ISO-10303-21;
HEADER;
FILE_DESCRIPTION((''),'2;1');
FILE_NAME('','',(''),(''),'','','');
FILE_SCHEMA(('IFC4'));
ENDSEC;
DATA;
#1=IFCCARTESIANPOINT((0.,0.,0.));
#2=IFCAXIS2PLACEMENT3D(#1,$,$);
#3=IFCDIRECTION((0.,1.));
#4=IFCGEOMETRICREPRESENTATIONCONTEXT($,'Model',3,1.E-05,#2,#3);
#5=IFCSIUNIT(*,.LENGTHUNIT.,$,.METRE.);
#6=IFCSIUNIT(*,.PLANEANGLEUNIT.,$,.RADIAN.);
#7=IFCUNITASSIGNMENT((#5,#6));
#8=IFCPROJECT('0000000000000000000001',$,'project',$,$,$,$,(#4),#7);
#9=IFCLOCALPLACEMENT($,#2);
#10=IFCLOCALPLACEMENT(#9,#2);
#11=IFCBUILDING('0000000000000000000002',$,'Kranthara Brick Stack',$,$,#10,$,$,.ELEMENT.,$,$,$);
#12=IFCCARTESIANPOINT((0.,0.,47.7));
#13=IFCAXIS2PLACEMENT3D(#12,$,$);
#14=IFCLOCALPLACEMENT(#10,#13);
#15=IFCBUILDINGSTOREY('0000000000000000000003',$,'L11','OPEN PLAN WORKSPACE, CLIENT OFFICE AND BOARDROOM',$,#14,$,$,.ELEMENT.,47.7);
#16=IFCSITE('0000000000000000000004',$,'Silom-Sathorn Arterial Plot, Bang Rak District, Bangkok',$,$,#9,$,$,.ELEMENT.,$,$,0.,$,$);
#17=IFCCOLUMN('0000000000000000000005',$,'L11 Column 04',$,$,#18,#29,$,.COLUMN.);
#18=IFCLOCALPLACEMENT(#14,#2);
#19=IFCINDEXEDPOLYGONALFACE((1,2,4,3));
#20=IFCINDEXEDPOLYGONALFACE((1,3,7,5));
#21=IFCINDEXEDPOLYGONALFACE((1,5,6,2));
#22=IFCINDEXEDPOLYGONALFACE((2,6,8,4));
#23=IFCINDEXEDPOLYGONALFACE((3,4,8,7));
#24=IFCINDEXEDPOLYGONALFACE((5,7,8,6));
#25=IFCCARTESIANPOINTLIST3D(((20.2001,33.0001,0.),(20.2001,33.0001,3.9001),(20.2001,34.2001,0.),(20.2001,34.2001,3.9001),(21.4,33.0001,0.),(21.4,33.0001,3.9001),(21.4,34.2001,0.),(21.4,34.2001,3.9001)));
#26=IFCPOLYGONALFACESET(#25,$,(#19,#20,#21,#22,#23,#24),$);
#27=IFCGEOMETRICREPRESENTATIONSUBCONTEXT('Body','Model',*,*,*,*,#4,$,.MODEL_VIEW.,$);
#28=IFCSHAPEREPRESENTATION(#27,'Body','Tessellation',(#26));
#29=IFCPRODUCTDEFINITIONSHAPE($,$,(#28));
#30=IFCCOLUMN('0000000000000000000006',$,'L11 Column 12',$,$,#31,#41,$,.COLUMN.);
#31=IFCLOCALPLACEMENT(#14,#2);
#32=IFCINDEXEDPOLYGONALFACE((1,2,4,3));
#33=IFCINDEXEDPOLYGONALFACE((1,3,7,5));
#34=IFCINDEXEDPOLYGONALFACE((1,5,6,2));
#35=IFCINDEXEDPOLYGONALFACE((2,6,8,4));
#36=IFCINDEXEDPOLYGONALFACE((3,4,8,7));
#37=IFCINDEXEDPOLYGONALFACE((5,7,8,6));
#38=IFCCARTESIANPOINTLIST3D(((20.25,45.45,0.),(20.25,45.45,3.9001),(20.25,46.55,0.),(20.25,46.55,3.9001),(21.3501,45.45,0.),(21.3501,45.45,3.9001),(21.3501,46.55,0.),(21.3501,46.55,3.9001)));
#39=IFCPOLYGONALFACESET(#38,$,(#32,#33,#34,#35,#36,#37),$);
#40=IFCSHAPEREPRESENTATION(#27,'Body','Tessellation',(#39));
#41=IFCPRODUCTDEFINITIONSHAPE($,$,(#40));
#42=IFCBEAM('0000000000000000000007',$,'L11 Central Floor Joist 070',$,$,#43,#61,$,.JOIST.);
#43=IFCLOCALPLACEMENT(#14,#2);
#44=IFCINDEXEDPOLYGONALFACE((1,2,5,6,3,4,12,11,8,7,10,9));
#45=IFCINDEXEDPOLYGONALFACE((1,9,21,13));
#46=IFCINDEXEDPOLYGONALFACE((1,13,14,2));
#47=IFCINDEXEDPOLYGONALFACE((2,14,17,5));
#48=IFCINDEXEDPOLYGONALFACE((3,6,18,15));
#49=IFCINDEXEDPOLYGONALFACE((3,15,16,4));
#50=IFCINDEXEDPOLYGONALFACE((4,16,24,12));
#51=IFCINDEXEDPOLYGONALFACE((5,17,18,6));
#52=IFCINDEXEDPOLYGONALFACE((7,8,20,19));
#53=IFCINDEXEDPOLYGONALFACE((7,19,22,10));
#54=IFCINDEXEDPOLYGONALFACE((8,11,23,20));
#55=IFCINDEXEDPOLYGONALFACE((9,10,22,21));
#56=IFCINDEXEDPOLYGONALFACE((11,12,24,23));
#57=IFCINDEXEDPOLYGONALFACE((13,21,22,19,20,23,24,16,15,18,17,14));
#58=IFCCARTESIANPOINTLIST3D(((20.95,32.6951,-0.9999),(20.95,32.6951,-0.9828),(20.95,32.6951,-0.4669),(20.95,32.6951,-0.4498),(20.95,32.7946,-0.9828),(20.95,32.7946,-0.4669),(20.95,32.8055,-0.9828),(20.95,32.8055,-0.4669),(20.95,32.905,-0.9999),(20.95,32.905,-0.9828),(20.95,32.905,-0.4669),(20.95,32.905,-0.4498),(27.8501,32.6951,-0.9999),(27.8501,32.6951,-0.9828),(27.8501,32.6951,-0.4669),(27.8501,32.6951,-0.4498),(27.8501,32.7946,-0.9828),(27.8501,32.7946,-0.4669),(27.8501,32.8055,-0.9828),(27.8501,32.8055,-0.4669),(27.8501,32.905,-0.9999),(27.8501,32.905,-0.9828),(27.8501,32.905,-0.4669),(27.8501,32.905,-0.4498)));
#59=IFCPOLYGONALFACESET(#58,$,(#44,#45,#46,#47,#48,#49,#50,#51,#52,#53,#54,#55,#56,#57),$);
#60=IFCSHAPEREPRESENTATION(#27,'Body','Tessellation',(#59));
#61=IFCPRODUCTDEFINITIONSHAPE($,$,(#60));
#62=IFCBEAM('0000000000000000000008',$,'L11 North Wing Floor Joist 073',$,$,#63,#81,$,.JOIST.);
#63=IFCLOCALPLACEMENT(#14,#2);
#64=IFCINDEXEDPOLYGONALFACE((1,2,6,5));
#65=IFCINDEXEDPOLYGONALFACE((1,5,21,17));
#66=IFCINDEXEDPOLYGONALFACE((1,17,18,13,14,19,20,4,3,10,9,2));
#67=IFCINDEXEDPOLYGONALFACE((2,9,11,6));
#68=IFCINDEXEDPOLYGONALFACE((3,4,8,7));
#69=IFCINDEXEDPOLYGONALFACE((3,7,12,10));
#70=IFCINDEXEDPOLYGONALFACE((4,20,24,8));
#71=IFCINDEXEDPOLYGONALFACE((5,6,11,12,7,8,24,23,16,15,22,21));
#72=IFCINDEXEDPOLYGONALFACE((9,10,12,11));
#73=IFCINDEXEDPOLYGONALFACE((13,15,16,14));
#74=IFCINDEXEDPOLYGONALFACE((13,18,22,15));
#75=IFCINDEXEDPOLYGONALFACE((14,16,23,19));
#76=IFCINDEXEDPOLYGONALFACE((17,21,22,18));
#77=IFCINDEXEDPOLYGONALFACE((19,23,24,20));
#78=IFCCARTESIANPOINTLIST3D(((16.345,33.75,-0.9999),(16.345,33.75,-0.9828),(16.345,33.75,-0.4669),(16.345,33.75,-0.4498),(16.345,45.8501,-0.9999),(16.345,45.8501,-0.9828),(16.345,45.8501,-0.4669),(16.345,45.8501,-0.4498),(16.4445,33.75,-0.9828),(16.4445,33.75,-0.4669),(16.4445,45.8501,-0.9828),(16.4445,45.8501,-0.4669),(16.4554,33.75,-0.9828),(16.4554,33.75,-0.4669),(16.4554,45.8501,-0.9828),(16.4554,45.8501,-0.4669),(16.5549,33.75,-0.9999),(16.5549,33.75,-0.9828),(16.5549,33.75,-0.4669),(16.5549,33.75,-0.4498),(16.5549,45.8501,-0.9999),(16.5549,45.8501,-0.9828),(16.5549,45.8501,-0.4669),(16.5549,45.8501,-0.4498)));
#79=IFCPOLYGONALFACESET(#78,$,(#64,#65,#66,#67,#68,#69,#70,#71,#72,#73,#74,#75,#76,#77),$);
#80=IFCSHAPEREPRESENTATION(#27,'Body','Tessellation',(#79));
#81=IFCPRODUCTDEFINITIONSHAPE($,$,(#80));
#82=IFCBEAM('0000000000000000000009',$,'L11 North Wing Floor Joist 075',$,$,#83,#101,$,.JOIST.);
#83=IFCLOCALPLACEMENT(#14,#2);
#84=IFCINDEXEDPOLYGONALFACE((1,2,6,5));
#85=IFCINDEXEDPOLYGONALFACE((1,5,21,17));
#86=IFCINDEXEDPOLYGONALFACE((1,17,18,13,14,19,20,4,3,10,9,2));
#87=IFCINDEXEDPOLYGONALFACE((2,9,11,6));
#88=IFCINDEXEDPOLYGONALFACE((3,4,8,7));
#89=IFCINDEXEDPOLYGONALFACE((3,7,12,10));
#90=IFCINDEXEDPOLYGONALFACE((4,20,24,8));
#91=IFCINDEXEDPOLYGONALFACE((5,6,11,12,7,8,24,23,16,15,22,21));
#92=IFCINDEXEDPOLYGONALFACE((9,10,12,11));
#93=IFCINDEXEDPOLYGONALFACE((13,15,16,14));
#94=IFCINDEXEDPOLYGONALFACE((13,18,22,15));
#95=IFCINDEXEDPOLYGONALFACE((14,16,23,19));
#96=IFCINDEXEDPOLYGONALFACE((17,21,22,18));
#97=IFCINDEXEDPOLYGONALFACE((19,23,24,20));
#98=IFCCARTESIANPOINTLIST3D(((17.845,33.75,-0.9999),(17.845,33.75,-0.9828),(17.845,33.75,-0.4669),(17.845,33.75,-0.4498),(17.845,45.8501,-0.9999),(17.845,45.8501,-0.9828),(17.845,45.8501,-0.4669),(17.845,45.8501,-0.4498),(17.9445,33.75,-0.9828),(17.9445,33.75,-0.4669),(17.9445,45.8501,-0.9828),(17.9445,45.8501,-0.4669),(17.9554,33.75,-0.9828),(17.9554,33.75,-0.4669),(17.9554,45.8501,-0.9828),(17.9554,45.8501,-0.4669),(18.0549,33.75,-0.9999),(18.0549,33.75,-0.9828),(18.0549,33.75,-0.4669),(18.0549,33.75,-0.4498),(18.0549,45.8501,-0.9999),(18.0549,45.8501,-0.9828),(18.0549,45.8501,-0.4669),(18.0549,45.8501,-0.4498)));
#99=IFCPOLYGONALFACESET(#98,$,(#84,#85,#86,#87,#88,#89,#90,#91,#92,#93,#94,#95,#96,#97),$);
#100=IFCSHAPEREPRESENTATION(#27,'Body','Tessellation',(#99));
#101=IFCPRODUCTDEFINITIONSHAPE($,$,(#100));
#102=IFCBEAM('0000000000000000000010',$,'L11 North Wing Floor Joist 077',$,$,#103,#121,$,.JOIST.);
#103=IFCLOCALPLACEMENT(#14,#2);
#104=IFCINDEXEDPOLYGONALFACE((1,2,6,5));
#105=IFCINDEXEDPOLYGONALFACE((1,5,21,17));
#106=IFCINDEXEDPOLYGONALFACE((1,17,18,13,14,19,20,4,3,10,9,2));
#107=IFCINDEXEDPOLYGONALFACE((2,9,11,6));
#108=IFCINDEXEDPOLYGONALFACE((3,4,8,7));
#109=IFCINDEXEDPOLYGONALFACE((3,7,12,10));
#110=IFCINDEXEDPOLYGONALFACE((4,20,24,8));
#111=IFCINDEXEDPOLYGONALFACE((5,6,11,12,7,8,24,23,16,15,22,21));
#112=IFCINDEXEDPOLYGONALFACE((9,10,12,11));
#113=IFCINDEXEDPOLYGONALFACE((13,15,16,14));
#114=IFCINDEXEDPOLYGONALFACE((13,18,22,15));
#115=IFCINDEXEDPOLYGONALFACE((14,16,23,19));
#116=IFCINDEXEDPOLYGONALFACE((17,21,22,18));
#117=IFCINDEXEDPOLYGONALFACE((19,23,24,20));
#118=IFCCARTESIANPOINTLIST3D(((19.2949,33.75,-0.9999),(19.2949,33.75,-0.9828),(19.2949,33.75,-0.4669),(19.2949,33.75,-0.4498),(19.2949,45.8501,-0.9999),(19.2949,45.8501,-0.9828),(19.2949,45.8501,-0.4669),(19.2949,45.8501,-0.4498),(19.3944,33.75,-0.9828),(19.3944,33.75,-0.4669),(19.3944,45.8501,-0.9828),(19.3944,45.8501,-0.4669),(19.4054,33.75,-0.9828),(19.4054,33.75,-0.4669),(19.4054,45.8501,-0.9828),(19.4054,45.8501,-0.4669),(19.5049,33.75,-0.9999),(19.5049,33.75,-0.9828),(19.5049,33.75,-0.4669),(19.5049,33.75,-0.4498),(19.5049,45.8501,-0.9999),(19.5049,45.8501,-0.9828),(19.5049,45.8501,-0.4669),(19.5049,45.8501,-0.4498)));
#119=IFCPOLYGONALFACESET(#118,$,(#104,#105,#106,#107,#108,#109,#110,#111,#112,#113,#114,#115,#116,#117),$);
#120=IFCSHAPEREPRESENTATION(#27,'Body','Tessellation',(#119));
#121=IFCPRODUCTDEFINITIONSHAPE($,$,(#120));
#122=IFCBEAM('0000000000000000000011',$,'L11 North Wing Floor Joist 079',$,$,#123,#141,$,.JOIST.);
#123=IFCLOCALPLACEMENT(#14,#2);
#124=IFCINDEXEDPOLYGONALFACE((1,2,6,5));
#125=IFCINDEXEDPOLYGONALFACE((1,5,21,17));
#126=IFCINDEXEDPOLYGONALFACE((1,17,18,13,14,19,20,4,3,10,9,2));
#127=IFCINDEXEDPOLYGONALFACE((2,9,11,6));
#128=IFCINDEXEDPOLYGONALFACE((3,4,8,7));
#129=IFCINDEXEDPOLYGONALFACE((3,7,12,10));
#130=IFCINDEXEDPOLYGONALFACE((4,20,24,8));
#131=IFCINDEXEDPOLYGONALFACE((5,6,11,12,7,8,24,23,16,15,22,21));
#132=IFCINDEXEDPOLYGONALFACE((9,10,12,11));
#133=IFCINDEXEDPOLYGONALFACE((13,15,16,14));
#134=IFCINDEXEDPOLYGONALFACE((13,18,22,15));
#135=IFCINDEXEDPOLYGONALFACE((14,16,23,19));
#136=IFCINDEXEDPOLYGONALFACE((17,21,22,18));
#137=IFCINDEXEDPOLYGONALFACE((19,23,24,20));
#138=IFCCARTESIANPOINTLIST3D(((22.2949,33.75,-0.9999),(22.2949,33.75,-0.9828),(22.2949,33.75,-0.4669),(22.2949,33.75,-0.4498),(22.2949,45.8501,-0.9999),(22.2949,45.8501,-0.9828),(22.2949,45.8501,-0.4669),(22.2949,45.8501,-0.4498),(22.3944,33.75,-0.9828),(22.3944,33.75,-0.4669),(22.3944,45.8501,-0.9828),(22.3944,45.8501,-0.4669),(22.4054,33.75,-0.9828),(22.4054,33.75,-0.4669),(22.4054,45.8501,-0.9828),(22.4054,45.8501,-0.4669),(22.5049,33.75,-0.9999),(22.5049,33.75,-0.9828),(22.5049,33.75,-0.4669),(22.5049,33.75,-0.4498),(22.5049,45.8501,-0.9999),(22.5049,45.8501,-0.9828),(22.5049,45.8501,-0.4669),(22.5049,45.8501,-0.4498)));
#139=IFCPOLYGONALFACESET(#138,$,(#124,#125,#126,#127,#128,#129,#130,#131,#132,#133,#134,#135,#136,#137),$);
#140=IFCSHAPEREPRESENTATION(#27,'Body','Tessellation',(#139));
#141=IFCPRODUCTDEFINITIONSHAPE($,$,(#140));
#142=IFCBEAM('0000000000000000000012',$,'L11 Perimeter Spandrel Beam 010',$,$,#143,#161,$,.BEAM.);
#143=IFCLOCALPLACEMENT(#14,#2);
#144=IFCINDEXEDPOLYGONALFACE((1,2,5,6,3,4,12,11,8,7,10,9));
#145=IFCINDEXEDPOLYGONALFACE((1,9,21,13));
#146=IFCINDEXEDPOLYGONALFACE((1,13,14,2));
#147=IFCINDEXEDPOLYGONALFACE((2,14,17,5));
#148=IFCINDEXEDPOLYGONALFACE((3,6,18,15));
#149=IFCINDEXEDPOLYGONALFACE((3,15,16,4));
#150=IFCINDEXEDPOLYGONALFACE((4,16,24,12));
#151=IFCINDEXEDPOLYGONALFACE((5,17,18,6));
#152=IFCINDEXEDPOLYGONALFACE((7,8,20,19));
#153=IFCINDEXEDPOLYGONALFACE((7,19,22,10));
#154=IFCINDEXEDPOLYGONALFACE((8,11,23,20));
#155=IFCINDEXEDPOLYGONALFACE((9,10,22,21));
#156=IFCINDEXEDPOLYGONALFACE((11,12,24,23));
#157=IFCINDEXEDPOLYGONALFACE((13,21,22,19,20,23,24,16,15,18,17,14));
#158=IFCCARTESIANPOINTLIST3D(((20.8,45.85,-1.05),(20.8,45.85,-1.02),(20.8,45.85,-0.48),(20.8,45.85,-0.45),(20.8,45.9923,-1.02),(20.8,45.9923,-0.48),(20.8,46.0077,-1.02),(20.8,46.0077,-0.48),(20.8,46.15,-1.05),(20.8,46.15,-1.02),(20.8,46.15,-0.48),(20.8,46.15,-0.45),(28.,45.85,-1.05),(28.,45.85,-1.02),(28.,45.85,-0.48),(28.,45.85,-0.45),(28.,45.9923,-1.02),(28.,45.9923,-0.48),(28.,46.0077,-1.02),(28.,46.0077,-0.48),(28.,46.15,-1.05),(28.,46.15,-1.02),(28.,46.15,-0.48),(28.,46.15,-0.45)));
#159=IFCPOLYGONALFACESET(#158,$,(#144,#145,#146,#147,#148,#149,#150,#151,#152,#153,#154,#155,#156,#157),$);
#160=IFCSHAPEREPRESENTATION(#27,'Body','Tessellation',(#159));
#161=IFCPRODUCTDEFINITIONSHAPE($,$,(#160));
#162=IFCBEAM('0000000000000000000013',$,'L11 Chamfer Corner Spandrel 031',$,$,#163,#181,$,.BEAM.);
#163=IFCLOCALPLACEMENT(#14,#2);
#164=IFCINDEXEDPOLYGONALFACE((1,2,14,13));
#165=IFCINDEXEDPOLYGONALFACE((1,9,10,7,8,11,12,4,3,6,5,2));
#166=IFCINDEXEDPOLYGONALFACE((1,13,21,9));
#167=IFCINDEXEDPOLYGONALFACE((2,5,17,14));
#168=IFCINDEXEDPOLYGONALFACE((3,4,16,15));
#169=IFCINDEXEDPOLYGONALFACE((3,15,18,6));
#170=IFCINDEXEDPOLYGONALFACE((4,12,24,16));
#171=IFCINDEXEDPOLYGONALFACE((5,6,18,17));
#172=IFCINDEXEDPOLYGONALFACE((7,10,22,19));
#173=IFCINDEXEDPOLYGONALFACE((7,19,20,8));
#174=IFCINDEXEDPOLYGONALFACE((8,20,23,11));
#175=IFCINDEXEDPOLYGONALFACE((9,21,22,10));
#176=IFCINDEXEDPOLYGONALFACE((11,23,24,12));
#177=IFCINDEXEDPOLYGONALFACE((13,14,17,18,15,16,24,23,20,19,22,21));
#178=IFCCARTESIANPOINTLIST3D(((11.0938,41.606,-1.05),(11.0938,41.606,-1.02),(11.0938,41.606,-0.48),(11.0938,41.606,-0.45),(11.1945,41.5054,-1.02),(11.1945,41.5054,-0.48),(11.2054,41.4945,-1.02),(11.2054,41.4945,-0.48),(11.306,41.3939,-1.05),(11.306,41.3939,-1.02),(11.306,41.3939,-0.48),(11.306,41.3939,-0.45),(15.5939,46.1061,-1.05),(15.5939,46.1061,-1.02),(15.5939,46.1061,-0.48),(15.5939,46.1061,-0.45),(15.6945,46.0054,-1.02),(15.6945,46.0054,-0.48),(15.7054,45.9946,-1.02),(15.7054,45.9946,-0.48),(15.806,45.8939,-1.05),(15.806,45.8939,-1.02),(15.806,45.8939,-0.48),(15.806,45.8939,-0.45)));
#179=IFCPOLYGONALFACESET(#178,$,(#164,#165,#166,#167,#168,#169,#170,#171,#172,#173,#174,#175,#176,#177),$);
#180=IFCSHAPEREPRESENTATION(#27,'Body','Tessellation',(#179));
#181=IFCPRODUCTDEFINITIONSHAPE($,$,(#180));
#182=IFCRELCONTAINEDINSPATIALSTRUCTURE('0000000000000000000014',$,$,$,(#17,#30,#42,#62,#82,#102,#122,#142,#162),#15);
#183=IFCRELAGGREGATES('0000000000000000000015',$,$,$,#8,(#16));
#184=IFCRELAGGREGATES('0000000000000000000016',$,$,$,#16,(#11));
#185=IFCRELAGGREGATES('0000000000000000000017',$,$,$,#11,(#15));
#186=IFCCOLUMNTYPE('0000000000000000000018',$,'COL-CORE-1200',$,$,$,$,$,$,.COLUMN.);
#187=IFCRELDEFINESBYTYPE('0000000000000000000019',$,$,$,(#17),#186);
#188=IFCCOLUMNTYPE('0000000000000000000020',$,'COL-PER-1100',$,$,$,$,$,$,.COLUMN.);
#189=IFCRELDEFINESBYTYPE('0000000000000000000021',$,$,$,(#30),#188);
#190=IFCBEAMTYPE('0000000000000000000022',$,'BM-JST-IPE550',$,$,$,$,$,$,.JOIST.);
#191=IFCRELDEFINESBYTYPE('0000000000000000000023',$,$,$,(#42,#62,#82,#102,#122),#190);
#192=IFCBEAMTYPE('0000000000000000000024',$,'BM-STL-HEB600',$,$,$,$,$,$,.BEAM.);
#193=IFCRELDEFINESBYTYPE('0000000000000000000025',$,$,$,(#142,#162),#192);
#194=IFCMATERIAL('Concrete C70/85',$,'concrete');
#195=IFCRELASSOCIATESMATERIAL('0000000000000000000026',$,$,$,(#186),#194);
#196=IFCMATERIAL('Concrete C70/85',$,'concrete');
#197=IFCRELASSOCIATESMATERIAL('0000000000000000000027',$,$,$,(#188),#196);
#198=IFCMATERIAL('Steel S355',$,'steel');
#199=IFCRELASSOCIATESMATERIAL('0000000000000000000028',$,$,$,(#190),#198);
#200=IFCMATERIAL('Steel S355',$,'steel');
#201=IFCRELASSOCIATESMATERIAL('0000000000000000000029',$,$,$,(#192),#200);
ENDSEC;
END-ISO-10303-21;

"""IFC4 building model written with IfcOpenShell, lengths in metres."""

from ifc_helpers import new_model, si_unit, direction, frame, origin, origin_2d, place, context, subcontext, project, spatial, rectangle, i_section, extrude, material, material_profile, profile_set, type_object, element, save


model = new_model("IFC4")

# Units and contexts
model_context = context("Model", 3, precision=1e-05, world=origin(), true_north=direction((0.0, 1.0)))
body_context = subcontext(model_context, "Body", "Model", "MODEL_VIEW")
ifc_project = project(units=[si_unit("LENGTHUNIT", "METRE"), si_unit("PLANEANGLEUNIT", "RADIAN")], contexts=[model_context])

# Site, building, storey
site_placement = place(None, origin())
site = spatial("IfcSite", under=ifc_project, at=site_placement, Name="Silom-Sathorn Arterial Plot, Bang Rak District, Bangkok", CompositionType="ELEMENT", RefElevation=0.0)
building_placement = place(site_placement, origin())
building = spatial("IfcBuilding", under=site, at=building_placement, Name="Kranthara Brick Stack", CompositionType="ELEMENT")
storey_placement = place(building_placement, frame((0.0, 0.0, 47.7)))
storey = spatial("IfcBuildingStorey", under=building, at=storey_placement, Name="L11", Description="OPEN PLAN WORKSPACE, CLIENT OFFICE AND BOARDROOM", CompositionType="ELEMENT", Elevation=47.7)

# Columns
ifc_material_1 = material(Name="Concrete C70/85", Category="concrete")
ifc_material_profile_1 = material_profile(ifc_material_1, rectangle(XDim=1.2, YDim=1.2, at=origin_2d()), Name="RC 1200x1200")
ifc_profile_set_1 = profile_set([ifc_material_profile_1], Name="Concrete C70/85")
column_type_1 = type_object("IfcColumnType", Name="COL-CORE-1200", PredefinedType="COLUMN", material=ifc_profile_set_1)
column_1_placement = place(storey_placement, frame((20.8, 33.6001, 0.0), z_axis=(0.0, 0.0, 1.0), x_axis=(1.0, 0.0, 0.0)))
element("IfcColumn", 1, at=column_1_placement, inside=storey, type_object=column_type_1, Name="L11 Column 04", PredefinedType="COLUMN", context=body_context, shape_type="SweptSolid", body=[
    extrude(rectangle(XDim=1.2, YDim=1.2, at=origin_2d()), origin(), (0.0, 0.0, 1.0), 3.9001),
])
ifc_material_2 = material(Name="Concrete C70/85", Category="concrete")
ifc_material_profile_2 = material_profile(ifc_material_2, rectangle(XDim=1.1001, YDim=1.1001, at=origin_2d()), Name="RC 1100x1100")
ifc_profile_set_2 = profile_set([ifc_material_profile_2], Name="Concrete C70/85")
column_type_2 = type_object("IfcColumnType", Name="COL-PER-1100", PredefinedType="COLUMN", material=ifc_profile_set_2)
column_2_placement = place(storey_placement, frame((20.8, 46.0, 0.0), z_axis=(0.0, 0.0, 1.0), x_axis=(1.0, 0.0, 0.0)))
element("IfcColumn", 2, at=column_2_placement, inside=storey, type_object=column_type_2, Name="L11 Column 12", PredefinedType="COLUMN", context=body_context, shape_type="SweptSolid", body=[
    extrude(rectangle(XDim=1.1001, YDim=1.1001, at=origin_2d()), origin(), (0.0, 0.0, 1.0), 3.9001),
])

# Beams
ifc_material_3 = material(Name="Steel S355", Category="steel")
ifc_material_profile_3 = material_profile(ifc_material_3, i_section(OverallWidth=0.21, OverallDepth=0.55, WebThickness=0.011, FlangeThickness=0.0171, at=origin_2d()), Name="IPE 550")
ifc_profile_set_3 = profile_set([ifc_material_profile_3], Name="Steel S355")
beam_type_1 = type_object("IfcBeamType", Name="BM-JST-IPE550", PredefinedType="JOIST", material=ifc_profile_set_3)
beam_1_placement = place(storey_placement, frame((20.95, 32.8, -0.7249), z_axis=(1.0, 0.0, 0.0), x_axis=(0.0, 1.0, 0.0)))
element("IfcBeam", 3, at=beam_1_placement, inside=storey, type_object=beam_type_1, Name="L11 Central Floor Joist 070", PredefinedType="JOIST", context=body_context, shape_type="SweptSolid", body=[
    extrude(i_section(OverallWidth=0.21, OverallDepth=0.55, WebThickness=0.011, FlangeThickness=0.0171, at=origin_2d()), origin(), (0.0, 0.0, 1.0), 6.9001),
])
for number, where, z_axis, x_axis, name in (
    (4, (16.45, 33.75, -0.7249), (0.0, 1.0, 0.0), (-1.0, 0.0, 0.0), "L11 North Wing Floor Joist 073"),
    (5, (17.95, 33.75, -0.7249), (0.0, 1.0, 0.0), (-1.0, 0.0, 0.0), "L11 North Wing Floor Joist 075"),
    (6, (19.3999, 33.75, -0.7249), (0.0, 1.0, 0.0), (-1.0, 0.0, 0.0), "L11 North Wing Floor Joist 077"),
    (7, (22.3999, 33.75, -0.7249), (0.0, 1.0, 0.0), (-1.0, 0.0, 0.0), "L11 North Wing Floor Joist 079"),
):
    element("IfcBeam", number, at=place(storey_placement, frame(where, z_axis=z_axis, x_axis=x_axis)), inside=storey, type_object=beam_type_1, Name=name, PredefinedType="JOIST", context=body_context, shape_type="SweptSolid", body=[
        extrude(i_section(OverallWidth=0.21, OverallDepth=0.55, WebThickness=0.011, FlangeThickness=0.0171, at=origin_2d()), origin(), (0.0, 0.0, 1.0), 12.1001),
    ])
ifc_material_4 = material(Name="Steel S355", Category="steel")
ifc_material_profile_4 = material_profile(ifc_material_4, i_section(OverallWidth=0.3, OverallDepth=0.6001, WebThickness=0.0154, FlangeThickness=0.03, at=origin_2d()), Name="HEB 600")
ifc_profile_set_4 = profile_set([ifc_material_profile_4], Name="Steel S355")
beam_type_2 = type_object("IfcBeamType", Name="BM-STL-HEB600", PredefinedType="BEAM", material=ifc_profile_set_4)
beam_2_placement = place(storey_placement, frame((20.8, 46.0, -0.75), z_axis=(1.0, 0.0, 0.0), x_axis=(0.0, 1.0, 0.0)))
element("IfcBeam", 8, at=beam_2_placement, inside=storey, type_object=beam_type_2, Name="L11 Perimeter Spandrel Beam 010", PredefinedType="BEAM", context=body_context, shape_type="SweptSolid", body=[
    extrude(i_section(OverallWidth=0.3, OverallDepth=0.6001, WebThickness=0.0154, FlangeThickness=0.03, at=origin_2d()), origin(), (0.0, 0.0, 1.0), 7.2),
])
beam_3_placement = place(storey_placement, frame((15.7, 46.0, -0.75), z_axis=(-0.707107, -0.707107, 0.0), x_axis=(0.707107, -0.707107, 0.0)))
element("IfcBeam", 9, at=beam_3_placement, inside=storey, type_object=beam_type_2, Name="L11 Chamfer Corner Spandrel 031", PredefinedType="BEAM", context=body_context, shape_type="SweptSolid", body=[
    extrude(i_section(OverallWidth=0.3, OverallDepth=0.6001, WebThickness=0.0154, FlangeThickness=0.03, at=origin_2d()), origin(), (0.0, 0.0, 1.0), 6.364),
])

save(model, "model.ifc")
